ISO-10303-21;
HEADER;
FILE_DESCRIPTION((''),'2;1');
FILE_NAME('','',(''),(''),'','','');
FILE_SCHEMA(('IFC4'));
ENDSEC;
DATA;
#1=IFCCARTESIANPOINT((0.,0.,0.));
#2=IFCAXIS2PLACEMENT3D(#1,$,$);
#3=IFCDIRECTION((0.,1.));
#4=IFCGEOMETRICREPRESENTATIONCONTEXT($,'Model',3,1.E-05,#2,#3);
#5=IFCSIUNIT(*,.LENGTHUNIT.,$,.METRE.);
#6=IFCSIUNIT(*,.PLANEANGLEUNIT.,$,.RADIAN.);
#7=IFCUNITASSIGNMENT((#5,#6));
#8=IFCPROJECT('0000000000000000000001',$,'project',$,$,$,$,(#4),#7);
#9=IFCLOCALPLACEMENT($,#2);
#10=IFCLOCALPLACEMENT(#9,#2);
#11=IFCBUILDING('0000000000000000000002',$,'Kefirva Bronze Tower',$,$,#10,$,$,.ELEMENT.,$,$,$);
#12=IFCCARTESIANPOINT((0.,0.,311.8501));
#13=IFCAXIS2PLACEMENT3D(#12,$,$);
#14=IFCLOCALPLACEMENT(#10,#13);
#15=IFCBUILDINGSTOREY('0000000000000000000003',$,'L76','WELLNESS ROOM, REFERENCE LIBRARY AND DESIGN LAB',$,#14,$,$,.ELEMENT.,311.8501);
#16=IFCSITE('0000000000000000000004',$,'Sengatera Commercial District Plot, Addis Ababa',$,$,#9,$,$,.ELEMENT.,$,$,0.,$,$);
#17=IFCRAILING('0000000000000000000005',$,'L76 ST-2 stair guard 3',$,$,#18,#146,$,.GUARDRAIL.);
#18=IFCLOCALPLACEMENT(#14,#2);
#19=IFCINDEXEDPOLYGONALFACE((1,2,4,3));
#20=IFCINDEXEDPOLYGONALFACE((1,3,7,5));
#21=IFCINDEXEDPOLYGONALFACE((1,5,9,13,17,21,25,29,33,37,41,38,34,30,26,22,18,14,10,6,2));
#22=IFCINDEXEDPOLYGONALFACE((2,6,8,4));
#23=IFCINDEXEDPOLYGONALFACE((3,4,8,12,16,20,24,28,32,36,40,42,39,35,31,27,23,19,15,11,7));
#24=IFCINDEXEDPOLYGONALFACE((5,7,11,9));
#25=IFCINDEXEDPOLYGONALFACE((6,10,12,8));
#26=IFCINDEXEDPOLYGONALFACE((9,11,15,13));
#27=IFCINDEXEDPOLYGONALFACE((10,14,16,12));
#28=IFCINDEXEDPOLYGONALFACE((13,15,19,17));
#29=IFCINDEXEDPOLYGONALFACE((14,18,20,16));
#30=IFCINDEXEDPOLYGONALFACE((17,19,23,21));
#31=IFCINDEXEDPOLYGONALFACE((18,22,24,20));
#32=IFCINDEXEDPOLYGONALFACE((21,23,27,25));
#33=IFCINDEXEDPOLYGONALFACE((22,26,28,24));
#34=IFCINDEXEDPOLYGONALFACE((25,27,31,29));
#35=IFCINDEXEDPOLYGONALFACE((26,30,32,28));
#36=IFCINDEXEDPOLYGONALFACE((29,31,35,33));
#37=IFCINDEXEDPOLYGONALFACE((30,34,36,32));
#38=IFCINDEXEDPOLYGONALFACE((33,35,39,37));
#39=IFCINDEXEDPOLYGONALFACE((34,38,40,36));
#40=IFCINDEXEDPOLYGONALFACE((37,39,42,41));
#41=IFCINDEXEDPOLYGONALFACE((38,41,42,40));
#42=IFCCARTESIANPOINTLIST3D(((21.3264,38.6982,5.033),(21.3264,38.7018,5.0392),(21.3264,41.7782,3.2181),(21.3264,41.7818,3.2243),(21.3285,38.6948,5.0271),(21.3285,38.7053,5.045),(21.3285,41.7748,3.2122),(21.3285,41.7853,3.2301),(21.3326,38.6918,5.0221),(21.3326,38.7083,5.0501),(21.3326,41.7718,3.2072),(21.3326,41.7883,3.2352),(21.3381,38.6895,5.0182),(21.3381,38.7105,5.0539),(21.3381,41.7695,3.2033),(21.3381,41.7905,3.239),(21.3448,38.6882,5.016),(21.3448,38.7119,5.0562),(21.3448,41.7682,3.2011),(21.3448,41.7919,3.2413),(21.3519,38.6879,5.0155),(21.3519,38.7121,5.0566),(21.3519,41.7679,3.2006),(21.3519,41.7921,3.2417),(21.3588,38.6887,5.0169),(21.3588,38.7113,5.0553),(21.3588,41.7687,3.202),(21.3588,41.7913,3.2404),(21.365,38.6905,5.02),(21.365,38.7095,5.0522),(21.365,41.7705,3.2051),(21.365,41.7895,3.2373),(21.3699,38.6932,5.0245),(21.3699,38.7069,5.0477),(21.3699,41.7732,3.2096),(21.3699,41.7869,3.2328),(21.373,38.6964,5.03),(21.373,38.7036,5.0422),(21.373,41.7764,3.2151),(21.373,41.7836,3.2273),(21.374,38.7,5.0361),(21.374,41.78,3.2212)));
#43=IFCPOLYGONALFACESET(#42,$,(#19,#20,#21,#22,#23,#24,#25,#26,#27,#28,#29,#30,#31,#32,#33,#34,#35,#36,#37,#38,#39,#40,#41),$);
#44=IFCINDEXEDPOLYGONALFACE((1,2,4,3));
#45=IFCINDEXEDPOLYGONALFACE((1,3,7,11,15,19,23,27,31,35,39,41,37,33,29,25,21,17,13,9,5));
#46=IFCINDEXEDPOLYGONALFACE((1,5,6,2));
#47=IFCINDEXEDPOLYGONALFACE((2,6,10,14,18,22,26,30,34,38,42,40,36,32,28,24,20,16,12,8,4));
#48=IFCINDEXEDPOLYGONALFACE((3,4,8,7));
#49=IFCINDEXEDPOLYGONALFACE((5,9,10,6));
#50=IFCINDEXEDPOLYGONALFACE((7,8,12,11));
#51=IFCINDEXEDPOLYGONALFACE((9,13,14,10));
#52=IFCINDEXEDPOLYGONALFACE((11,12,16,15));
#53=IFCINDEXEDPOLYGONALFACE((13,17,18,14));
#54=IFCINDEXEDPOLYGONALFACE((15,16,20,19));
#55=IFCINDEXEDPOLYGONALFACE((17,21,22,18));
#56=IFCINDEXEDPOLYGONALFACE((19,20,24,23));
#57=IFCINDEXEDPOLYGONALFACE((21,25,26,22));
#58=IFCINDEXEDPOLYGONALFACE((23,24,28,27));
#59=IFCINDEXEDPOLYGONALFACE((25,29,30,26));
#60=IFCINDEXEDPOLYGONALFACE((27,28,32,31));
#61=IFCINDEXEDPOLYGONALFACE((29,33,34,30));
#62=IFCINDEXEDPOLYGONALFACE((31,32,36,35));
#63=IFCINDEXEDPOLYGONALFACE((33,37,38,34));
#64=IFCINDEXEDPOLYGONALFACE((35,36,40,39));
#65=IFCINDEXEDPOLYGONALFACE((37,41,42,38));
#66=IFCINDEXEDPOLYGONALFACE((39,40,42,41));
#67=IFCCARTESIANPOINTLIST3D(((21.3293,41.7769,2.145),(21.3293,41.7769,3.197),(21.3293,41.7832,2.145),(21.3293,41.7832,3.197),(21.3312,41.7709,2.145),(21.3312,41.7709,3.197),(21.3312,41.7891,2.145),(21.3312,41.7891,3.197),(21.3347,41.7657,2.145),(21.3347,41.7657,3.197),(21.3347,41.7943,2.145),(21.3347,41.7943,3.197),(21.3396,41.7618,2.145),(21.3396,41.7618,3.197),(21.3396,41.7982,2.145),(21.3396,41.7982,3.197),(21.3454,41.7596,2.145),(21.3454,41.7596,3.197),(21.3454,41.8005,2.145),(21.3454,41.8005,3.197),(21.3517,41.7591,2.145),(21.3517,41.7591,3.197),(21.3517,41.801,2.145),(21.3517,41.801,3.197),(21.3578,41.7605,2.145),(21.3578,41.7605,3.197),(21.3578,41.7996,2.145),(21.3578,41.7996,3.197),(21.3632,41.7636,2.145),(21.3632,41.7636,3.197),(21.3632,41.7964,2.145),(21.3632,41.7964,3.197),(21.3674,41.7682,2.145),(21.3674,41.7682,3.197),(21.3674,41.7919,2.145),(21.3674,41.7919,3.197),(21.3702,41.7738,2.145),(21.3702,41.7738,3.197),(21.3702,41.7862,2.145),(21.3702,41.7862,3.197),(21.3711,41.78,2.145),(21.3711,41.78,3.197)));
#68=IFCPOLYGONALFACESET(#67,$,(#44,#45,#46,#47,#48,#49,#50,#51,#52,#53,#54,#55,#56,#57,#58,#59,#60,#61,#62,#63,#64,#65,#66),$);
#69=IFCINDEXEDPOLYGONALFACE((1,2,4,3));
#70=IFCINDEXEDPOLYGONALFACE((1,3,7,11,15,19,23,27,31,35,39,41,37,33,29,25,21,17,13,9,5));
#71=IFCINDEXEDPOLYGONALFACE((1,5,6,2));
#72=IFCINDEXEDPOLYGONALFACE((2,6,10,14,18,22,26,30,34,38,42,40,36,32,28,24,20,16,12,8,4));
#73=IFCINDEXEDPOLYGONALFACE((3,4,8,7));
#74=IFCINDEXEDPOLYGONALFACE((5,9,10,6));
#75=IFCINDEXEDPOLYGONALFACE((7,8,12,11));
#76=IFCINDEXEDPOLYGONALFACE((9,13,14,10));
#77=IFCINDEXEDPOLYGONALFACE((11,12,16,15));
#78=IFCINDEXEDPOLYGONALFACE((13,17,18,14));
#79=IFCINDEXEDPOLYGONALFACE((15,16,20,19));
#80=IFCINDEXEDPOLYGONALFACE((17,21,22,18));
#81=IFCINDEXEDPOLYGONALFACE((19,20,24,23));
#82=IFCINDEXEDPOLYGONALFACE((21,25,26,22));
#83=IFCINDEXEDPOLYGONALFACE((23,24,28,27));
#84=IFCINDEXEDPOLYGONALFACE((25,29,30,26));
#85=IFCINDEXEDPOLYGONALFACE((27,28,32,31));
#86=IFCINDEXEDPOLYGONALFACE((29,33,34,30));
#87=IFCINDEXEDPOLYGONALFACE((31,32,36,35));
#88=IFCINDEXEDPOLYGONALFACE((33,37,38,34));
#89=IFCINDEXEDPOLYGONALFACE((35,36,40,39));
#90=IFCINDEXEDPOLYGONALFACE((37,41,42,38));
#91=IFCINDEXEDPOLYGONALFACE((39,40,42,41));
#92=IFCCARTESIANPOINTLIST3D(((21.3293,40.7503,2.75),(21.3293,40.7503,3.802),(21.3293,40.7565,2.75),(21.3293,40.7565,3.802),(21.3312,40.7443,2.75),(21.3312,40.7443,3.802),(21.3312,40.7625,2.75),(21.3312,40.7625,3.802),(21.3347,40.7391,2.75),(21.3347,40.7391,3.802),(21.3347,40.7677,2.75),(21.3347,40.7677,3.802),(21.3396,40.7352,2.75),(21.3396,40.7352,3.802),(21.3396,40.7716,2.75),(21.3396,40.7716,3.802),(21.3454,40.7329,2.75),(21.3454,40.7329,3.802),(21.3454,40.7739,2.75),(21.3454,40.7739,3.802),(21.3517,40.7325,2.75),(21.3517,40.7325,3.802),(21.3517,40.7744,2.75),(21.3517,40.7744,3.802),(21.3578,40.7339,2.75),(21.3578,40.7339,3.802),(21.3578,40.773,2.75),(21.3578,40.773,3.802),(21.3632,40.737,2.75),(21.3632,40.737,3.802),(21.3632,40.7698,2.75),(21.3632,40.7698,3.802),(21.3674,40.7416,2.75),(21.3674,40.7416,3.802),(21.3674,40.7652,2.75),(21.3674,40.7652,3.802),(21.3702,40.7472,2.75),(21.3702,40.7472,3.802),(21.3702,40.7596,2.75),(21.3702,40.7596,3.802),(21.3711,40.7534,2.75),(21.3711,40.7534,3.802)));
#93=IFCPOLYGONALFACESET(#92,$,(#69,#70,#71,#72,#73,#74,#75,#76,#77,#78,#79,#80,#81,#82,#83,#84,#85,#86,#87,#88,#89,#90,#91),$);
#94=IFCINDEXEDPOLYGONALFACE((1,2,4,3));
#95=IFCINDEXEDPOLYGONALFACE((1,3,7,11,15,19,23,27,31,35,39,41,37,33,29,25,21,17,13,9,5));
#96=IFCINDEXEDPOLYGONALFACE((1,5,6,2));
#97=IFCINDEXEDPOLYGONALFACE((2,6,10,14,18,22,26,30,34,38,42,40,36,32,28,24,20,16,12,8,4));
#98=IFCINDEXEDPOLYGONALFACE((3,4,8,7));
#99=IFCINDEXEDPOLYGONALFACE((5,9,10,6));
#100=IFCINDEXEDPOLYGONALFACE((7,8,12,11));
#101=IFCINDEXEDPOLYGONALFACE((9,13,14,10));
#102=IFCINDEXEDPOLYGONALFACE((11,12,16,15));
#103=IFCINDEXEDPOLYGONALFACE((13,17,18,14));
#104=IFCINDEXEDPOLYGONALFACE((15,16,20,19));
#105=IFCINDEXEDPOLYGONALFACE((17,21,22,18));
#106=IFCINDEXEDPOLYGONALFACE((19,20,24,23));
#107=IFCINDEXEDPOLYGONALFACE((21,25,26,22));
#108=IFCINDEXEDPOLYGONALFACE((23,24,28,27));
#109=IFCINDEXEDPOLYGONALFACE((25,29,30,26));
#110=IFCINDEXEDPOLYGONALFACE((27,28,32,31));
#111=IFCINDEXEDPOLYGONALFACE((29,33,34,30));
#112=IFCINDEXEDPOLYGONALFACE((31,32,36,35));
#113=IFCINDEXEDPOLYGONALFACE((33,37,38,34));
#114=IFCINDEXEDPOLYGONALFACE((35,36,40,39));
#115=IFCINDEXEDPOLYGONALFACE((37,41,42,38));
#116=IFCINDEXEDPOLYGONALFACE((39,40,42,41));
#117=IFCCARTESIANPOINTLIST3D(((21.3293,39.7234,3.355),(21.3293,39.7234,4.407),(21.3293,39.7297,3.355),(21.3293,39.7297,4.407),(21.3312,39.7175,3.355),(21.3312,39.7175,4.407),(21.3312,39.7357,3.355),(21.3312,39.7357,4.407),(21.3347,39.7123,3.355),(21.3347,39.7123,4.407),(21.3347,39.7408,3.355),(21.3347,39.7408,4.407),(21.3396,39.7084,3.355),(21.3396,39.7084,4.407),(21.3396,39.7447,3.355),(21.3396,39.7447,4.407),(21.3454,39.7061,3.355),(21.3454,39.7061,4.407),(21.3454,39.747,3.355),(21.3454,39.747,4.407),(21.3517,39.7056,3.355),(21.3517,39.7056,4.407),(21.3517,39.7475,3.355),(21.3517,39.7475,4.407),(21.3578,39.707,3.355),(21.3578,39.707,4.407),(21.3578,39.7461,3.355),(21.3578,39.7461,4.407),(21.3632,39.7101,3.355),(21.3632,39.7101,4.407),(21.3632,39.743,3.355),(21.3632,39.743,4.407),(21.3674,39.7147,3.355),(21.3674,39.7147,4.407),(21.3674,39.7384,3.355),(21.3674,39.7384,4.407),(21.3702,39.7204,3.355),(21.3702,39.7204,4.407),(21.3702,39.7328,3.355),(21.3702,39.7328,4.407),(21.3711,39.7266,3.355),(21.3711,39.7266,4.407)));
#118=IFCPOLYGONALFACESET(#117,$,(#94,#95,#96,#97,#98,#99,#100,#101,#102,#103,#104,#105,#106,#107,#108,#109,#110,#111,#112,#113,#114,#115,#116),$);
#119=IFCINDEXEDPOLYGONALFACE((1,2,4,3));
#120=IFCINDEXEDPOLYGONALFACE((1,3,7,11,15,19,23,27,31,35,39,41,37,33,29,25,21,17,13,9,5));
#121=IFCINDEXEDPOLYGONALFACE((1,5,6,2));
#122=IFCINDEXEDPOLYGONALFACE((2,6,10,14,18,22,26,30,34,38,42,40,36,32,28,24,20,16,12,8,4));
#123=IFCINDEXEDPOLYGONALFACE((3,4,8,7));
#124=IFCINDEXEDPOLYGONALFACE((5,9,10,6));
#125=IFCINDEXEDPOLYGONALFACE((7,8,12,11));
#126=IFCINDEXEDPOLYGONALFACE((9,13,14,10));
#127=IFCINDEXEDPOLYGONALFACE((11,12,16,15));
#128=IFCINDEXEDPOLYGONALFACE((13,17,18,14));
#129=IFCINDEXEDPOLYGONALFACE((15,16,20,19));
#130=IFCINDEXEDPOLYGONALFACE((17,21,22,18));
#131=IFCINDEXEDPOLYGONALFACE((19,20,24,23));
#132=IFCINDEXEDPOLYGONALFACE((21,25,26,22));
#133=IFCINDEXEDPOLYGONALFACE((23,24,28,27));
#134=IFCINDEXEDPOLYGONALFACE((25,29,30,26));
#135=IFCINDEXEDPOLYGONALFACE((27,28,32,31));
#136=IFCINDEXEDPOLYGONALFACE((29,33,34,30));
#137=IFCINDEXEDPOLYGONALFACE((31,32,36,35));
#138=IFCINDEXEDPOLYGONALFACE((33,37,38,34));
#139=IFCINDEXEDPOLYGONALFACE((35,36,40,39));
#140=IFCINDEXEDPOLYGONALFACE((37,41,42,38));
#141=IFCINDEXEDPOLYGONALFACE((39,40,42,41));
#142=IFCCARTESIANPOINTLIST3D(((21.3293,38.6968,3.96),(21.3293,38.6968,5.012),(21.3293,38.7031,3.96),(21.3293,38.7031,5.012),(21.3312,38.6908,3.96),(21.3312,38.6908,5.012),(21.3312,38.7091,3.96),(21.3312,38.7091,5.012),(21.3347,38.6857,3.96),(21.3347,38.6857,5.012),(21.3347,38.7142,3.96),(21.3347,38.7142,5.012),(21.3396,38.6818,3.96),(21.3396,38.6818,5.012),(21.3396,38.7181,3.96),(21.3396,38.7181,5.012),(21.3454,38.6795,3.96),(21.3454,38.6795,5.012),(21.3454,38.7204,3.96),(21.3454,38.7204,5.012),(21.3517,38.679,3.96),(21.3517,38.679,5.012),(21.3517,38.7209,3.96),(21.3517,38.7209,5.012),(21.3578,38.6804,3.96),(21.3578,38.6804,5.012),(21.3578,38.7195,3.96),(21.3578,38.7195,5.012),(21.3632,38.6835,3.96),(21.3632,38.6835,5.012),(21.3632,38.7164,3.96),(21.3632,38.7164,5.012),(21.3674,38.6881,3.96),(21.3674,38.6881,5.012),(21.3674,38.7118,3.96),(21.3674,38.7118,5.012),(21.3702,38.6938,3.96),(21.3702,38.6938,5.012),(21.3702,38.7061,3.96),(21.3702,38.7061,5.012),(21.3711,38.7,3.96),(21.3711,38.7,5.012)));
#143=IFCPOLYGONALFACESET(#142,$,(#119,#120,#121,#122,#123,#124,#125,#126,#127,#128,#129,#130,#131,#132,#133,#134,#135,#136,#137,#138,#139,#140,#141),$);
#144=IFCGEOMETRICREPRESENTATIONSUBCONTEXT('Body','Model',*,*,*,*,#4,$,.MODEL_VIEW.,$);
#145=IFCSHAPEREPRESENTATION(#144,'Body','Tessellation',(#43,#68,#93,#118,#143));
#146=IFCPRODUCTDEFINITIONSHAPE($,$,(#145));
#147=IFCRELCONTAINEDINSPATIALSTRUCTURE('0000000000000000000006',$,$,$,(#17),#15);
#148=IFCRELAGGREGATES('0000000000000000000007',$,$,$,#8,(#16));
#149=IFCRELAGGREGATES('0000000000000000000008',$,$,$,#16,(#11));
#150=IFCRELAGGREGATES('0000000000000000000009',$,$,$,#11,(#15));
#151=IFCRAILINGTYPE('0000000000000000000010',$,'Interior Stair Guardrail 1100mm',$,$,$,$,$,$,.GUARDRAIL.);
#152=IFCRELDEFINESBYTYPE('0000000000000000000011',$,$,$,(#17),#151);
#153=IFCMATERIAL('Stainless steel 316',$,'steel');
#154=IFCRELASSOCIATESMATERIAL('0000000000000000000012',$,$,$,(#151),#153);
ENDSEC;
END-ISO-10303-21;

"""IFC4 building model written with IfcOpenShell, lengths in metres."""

from ifc_helpers import new_model, si_unit, direction, frame, origin, origin_2d, place, context, subcontext, project, spatial, circle, extrude, material, type_object, element, save


model = new_model("IFC4")

# Units and contexts
model_context = context("Model", 3, precision=1e-05, world=origin(), true_north=direction((0.0, 1.0)))
body_context = subcontext(model_context, "Body", "Model", "MODEL_VIEW")
ifc_project = project(units=[si_unit("LENGTHUNIT", "METRE"), si_unit("PLANEANGLEUNIT", "RADIAN")], contexts=[model_context])

# Site, building, storey
site_placement = place(None, origin())
site = spatial("IfcSite", under=ifc_project, at=site_placement, Name="Sengatera Commercial District Plot, Addis Ababa", CompositionType="ELEMENT", RefElevation=0.0)
building_placement = place(site_placement, origin())
building = spatial("IfcBuilding", under=site, at=building_placement, Name="Kefirva Bronze Tower", CompositionType="ELEMENT")
storey_placement = place(building_placement, frame((0.0, 0.0, 311.8501)))
storey = spatial("IfcBuildingStorey", under=building, at=storey_placement, Name="L76", Description="WELLNESS ROOM, REFERENCE LIBRARY AND DESIGN LAB", CompositionType="ELEMENT", Elevation=311.8501)

# Shared definitions
ifc_material_1 = material(Name="Stainless steel 316", Category="steel")

# Railing
railing_type_1 = type_object("IfcRailingType", Name="Interior Stair Guardrail 1100mm", PredefinedType="GUARDRAIL", material=ifc_material_1)
railing_1_placement = place(storey_placement, frame((21.3501, 41.78, 2.145)))
element("IfcRailing", 1, at=railing_1_placement, inside=storey, type_object=railing_type_1, Name="L76 ST-2 stair guard 3", PredefinedType="GUARDRAIL", context=body_context, shape_type="SweptSolid", body=[
    extrude(circle(Radius=0.0239, at=origin_2d()), frame((0.0, 0.0, 1.0762), z_axis=(0.0, -0.861551, 0.507671), x_axis=(1.0, 0.0, 0.0)), (0.0, 0.0, 1.0), 3.575),
    extrude(circle(Radius=0.021, at=origin_2d()), origin(), (0.0, 0.0, 1.0), 1.052),
    extrude(circle(Radius=0.021, at=origin_2d()), frame((0.0, -1.0266, 0.605)), (0.0, 0.0, 1.0), 1.052),
    extrude(circle(Radius=0.021, at=origin_2d()), frame((0.0, -2.0535, 1.21)), (0.0, 0.0, 1.0), 1.052),
    extrude(circle(Radius=0.021, at=origin_2d()), frame((0.0, -3.0801, 1.8149)), (0.0, 0.0, 1.0), 1.052),
])

save(model, "model.ifc")
